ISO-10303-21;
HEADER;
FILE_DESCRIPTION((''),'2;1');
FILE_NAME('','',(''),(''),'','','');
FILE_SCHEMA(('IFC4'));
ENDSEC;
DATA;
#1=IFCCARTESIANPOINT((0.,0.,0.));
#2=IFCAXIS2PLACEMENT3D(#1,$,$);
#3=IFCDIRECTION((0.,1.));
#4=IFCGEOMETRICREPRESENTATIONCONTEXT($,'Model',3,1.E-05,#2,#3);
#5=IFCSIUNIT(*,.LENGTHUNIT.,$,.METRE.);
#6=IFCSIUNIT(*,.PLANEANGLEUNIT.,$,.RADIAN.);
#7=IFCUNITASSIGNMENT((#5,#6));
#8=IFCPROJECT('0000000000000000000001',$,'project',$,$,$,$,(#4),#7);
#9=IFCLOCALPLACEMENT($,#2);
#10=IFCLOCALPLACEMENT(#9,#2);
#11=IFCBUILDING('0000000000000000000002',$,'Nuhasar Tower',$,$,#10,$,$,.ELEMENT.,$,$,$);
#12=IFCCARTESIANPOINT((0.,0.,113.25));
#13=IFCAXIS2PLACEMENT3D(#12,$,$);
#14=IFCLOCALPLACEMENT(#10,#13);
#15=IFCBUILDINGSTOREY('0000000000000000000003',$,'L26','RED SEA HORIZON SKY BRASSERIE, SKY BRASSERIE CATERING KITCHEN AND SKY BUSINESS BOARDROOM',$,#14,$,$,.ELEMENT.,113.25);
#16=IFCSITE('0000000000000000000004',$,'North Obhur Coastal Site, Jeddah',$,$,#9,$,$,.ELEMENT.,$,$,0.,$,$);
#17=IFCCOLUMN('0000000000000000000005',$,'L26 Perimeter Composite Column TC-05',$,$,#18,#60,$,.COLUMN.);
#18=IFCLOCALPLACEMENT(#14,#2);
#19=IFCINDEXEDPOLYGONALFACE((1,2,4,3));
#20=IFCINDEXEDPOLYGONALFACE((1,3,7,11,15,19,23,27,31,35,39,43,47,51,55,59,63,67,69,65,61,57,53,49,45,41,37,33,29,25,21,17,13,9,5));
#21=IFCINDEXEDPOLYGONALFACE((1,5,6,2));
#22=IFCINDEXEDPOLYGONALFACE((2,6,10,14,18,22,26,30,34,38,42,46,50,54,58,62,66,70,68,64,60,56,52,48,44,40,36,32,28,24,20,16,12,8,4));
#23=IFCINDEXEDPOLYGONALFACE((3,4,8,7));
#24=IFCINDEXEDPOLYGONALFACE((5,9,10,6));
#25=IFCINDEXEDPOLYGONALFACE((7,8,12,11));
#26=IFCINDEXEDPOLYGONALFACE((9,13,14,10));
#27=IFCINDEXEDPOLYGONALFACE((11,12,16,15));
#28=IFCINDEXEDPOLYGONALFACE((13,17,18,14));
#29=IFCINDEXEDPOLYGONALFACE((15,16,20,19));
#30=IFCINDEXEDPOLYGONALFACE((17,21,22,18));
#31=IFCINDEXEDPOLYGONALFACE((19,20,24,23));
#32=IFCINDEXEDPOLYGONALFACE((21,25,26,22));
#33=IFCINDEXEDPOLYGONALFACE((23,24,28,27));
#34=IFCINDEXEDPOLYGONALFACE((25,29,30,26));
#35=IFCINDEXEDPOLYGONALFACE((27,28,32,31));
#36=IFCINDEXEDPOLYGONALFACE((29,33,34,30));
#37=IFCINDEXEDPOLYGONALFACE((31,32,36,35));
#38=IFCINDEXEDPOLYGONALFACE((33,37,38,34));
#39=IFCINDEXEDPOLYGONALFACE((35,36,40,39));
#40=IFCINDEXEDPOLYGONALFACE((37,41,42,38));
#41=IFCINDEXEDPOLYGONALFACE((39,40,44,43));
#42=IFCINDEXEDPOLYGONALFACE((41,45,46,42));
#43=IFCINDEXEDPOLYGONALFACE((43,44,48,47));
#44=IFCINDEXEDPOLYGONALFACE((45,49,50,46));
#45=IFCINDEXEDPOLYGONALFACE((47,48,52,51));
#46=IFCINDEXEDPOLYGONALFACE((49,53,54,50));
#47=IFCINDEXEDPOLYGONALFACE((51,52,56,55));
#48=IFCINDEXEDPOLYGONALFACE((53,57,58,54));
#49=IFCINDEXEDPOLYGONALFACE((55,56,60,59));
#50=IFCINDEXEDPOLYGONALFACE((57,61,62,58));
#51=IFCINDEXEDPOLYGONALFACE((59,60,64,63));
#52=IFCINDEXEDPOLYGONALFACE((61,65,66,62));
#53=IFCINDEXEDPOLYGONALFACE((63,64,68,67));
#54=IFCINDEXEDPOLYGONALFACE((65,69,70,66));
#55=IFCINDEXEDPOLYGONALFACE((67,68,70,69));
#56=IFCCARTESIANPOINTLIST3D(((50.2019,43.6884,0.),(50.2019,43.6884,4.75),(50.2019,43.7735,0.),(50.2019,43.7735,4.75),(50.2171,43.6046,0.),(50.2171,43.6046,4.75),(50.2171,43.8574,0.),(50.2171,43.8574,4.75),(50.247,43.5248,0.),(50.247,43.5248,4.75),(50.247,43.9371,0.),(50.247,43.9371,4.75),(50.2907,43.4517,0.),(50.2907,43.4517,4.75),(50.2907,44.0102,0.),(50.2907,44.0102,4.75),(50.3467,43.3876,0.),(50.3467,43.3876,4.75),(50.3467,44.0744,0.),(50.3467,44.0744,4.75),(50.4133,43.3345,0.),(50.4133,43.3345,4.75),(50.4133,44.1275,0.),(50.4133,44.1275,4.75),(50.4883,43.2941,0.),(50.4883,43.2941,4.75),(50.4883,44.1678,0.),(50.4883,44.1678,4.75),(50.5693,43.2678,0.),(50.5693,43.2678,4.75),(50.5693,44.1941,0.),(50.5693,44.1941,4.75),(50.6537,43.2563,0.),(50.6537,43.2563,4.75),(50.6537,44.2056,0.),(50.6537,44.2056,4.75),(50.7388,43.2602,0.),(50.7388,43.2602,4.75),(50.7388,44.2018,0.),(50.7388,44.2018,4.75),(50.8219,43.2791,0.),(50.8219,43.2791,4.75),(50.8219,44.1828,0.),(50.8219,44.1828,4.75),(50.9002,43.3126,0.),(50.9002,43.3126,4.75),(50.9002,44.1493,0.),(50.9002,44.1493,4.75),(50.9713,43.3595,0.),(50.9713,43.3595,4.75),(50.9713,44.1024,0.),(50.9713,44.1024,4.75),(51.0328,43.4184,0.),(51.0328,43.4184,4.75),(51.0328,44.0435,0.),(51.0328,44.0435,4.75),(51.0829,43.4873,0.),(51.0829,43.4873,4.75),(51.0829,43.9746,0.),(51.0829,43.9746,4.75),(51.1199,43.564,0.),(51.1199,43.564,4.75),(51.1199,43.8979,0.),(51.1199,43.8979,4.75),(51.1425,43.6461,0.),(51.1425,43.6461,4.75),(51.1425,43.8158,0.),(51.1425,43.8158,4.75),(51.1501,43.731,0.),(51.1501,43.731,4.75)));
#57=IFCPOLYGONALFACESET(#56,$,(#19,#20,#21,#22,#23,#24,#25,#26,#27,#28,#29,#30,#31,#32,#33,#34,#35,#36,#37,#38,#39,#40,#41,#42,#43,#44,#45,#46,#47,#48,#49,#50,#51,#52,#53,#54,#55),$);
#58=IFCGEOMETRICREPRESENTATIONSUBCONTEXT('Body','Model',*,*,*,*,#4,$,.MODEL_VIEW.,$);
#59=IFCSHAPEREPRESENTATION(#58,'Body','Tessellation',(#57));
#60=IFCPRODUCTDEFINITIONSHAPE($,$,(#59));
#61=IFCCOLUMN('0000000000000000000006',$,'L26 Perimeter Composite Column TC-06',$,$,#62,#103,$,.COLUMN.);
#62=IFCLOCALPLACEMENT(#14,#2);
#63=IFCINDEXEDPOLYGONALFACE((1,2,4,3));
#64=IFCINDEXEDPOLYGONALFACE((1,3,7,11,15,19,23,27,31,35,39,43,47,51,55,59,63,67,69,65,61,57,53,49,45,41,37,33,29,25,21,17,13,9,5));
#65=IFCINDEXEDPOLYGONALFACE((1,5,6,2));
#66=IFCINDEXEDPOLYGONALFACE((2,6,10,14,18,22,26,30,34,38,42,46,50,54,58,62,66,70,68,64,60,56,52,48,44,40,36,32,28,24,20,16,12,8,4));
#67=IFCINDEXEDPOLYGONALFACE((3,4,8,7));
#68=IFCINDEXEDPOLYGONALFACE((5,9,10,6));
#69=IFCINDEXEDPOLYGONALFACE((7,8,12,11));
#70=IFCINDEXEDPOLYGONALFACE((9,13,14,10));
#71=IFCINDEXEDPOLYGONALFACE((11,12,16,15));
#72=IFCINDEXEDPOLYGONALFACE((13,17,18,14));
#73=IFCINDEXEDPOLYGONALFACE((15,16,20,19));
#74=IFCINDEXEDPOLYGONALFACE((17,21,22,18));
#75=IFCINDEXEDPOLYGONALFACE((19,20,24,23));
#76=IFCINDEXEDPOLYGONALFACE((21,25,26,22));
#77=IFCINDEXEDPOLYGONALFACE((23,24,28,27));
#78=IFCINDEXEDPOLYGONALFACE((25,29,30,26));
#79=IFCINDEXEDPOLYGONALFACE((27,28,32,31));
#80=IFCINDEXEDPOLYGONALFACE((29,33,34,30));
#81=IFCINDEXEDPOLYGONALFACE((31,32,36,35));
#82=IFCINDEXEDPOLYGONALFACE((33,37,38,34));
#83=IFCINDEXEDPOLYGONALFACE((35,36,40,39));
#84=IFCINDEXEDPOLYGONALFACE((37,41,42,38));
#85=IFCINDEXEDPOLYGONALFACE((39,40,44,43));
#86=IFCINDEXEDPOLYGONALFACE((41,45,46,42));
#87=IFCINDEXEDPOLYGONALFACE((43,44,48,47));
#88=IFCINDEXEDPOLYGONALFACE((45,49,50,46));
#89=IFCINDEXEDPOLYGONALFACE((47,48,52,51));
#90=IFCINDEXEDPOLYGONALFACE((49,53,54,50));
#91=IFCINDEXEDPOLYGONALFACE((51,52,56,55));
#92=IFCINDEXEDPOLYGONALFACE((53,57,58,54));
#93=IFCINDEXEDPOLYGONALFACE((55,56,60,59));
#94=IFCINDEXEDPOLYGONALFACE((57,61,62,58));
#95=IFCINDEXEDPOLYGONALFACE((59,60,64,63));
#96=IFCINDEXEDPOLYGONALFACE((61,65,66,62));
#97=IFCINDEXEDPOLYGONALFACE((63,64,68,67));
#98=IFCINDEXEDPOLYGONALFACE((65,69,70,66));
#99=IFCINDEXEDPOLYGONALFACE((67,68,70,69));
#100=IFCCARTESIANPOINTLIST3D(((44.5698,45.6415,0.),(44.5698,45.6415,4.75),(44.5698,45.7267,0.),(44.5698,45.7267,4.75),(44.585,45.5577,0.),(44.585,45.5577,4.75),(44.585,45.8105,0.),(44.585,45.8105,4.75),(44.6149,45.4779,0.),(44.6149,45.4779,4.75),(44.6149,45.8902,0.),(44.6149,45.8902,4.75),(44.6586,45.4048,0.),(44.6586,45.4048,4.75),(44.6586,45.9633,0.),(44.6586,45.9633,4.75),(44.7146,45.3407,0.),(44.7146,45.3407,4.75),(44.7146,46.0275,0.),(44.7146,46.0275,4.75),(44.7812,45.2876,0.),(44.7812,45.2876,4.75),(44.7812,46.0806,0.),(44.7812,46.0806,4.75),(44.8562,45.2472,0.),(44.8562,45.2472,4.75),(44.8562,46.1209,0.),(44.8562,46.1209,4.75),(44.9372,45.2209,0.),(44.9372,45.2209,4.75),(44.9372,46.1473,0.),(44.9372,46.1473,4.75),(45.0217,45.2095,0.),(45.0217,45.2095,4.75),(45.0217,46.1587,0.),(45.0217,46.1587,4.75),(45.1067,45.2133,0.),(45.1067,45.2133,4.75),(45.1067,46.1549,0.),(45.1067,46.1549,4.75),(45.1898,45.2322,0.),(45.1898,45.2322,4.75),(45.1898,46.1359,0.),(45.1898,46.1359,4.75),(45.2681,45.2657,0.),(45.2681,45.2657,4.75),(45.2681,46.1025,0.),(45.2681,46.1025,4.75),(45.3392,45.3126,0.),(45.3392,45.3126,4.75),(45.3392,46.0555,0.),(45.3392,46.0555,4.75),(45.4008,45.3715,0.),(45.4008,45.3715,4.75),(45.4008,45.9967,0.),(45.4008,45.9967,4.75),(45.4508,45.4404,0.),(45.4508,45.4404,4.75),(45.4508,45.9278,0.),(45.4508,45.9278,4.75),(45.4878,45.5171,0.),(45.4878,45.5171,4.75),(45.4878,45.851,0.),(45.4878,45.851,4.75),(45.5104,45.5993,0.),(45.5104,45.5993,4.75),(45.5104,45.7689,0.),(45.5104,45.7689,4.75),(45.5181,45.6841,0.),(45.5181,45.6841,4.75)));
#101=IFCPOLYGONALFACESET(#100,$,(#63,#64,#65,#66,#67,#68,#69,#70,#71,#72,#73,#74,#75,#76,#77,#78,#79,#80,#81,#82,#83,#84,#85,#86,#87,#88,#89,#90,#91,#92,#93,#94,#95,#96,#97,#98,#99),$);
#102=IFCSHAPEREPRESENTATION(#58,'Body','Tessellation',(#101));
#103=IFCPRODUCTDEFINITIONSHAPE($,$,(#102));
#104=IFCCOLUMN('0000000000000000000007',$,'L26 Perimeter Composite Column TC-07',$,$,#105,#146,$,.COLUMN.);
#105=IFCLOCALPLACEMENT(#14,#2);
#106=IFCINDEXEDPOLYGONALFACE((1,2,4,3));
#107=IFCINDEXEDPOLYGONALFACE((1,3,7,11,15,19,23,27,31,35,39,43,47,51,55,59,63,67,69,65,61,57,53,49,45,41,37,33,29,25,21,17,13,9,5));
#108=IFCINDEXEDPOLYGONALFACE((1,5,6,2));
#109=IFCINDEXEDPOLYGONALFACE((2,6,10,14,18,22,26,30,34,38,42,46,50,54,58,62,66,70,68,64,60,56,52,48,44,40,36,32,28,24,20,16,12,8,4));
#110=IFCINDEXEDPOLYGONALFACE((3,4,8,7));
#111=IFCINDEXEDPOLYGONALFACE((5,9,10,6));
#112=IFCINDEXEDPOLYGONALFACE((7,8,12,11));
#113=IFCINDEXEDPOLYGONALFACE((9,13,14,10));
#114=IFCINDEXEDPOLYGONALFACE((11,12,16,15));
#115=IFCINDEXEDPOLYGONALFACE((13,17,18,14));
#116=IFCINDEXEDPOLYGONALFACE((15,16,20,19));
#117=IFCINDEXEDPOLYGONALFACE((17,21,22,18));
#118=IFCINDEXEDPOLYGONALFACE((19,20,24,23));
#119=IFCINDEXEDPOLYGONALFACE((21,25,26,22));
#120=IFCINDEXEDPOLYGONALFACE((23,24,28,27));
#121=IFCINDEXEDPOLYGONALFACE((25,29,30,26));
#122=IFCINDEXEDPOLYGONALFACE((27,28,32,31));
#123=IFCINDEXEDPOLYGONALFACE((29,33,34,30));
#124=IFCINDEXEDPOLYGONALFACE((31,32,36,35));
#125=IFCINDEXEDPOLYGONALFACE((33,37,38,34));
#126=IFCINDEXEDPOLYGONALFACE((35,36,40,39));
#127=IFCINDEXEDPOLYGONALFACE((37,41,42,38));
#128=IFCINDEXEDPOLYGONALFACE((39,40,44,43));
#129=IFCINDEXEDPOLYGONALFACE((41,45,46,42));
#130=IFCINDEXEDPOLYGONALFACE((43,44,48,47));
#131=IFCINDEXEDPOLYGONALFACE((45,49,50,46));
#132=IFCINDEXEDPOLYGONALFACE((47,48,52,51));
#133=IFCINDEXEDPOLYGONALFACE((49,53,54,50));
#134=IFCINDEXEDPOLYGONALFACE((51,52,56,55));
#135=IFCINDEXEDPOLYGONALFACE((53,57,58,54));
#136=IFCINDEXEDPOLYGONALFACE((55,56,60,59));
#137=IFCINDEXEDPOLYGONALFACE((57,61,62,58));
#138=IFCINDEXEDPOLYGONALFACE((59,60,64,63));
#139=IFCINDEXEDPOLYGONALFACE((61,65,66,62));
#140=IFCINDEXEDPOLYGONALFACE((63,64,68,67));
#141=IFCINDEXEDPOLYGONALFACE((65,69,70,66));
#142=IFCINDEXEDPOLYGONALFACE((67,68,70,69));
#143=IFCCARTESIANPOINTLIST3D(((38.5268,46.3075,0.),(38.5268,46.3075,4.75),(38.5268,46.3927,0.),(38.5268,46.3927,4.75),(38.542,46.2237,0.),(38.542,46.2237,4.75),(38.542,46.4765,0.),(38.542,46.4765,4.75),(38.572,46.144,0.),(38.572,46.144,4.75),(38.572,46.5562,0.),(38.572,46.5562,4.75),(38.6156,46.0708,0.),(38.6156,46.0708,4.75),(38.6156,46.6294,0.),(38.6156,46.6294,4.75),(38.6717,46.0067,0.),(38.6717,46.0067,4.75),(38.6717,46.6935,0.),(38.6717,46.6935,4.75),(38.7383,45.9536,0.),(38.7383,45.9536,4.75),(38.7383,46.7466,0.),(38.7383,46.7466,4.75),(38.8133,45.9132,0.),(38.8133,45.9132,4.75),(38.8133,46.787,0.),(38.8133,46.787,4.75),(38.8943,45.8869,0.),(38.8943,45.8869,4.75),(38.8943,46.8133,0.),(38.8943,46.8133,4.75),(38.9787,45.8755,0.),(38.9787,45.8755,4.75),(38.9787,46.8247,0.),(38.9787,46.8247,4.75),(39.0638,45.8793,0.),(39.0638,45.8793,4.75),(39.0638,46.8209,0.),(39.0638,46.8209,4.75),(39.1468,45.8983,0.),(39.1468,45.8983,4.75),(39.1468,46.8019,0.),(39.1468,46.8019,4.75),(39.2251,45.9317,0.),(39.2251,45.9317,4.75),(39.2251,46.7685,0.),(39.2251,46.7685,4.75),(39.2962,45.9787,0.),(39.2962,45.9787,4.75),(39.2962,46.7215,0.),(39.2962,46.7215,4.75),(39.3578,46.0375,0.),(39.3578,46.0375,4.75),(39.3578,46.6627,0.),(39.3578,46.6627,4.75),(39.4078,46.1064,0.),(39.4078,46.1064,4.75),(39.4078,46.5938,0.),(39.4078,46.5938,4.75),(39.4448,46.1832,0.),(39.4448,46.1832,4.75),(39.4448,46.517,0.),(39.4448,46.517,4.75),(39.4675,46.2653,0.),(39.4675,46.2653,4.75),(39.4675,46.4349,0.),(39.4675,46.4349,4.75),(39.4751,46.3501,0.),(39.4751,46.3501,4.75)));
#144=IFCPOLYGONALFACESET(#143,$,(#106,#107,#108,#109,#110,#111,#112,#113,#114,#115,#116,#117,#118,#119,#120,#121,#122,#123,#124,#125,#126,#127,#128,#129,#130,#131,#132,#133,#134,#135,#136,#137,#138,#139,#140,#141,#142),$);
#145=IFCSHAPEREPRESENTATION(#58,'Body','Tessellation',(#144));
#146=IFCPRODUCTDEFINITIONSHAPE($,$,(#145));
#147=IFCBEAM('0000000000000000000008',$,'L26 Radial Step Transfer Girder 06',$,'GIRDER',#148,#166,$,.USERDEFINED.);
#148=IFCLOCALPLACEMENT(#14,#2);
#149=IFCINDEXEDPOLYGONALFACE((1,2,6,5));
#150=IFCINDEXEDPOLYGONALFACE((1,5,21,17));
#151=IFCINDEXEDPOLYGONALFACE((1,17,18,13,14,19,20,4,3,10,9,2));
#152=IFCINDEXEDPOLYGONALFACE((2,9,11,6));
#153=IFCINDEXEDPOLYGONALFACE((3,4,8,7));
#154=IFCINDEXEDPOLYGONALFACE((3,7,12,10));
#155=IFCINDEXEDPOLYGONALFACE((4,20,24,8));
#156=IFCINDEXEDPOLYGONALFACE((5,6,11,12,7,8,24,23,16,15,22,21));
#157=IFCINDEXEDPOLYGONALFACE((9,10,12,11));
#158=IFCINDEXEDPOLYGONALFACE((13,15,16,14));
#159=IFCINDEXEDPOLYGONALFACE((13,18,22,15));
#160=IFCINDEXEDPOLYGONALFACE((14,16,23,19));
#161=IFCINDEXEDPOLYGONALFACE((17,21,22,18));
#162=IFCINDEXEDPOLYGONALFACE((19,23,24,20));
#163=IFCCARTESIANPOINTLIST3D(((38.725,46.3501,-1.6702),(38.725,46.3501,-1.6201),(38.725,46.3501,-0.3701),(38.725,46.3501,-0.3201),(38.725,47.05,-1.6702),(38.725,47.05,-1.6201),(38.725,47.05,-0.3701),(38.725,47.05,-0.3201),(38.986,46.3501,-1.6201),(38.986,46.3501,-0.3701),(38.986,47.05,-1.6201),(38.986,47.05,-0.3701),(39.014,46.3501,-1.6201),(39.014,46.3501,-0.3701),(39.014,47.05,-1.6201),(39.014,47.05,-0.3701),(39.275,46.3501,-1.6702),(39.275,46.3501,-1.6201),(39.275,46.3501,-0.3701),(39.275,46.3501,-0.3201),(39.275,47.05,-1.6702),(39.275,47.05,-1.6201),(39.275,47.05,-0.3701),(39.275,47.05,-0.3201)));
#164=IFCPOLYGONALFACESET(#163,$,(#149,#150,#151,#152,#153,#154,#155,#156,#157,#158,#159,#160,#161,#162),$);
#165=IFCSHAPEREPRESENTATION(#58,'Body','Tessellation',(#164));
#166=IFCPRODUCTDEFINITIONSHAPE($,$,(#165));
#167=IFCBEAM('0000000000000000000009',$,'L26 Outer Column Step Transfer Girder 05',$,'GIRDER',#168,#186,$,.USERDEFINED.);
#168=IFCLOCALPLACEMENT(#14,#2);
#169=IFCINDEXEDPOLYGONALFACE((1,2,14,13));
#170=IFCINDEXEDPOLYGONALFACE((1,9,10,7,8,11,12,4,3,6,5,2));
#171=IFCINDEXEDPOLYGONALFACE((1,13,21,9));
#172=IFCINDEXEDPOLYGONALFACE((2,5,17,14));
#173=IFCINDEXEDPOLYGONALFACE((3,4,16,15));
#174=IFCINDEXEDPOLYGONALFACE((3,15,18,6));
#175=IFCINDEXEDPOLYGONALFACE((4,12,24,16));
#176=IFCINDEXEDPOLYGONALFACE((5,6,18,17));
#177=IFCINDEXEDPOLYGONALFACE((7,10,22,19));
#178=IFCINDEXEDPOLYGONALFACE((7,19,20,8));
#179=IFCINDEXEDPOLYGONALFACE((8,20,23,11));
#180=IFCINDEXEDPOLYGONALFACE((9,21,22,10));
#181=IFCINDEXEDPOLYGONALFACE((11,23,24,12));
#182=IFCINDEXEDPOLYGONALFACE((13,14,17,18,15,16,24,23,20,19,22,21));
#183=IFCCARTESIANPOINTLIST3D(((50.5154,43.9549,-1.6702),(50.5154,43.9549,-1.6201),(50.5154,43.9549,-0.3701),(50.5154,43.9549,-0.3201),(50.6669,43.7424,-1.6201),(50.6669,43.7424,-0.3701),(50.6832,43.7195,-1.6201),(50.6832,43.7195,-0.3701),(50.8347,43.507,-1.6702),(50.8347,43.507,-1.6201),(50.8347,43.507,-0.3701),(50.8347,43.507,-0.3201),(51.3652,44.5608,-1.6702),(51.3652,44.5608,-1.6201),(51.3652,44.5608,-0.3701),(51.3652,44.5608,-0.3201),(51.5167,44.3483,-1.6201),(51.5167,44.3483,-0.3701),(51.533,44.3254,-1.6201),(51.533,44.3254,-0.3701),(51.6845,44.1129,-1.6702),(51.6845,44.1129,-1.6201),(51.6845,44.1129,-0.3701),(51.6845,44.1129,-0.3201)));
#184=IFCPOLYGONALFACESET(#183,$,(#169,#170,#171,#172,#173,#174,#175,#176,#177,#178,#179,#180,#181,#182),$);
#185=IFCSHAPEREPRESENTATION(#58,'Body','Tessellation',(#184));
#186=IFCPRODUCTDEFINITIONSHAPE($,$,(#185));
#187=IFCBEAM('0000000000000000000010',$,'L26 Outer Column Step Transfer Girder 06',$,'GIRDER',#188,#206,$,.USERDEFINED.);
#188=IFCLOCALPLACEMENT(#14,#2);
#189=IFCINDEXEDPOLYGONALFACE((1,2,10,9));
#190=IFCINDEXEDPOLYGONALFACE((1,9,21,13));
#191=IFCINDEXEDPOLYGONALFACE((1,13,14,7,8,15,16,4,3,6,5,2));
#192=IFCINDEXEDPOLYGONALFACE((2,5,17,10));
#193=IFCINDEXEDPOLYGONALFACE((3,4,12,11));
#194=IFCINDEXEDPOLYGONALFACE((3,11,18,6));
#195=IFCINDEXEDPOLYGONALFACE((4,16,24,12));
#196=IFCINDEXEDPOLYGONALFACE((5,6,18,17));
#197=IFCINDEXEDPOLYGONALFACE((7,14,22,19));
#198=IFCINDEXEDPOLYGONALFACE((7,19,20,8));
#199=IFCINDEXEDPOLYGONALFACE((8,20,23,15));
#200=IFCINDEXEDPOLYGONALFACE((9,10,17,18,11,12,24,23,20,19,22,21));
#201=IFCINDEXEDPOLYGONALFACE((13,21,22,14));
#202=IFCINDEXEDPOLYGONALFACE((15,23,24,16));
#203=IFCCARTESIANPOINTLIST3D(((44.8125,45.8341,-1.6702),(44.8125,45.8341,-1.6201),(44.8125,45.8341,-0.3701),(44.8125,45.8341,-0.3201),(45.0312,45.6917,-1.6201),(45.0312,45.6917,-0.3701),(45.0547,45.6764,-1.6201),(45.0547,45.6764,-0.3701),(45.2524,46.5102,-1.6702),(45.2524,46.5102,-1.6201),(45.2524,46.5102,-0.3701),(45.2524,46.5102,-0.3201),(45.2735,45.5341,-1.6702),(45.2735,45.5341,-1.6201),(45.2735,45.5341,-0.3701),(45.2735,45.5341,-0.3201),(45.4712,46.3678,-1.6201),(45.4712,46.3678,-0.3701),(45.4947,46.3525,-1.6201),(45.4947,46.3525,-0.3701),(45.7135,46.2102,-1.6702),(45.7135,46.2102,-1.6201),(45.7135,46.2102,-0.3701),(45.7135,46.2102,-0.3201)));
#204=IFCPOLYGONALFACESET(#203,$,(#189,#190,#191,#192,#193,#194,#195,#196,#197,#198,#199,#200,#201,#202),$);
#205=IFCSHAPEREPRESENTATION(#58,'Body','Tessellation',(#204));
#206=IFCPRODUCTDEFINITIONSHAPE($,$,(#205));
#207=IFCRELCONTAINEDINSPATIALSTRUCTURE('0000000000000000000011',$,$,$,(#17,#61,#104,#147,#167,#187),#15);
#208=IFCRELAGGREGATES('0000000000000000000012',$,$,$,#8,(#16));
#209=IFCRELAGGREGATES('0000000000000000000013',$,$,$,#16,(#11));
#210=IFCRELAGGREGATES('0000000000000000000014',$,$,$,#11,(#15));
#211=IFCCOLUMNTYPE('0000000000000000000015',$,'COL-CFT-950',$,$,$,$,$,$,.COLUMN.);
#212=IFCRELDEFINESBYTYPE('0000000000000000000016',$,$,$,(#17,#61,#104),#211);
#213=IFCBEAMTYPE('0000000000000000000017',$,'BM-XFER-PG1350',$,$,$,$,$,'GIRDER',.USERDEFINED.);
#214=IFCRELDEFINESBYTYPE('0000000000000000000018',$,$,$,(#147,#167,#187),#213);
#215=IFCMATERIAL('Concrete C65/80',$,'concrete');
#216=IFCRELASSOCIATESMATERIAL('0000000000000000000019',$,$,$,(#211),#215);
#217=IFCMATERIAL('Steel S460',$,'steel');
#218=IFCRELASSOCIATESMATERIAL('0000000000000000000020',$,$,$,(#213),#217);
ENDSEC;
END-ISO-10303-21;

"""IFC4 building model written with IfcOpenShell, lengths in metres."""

from ifc_helpers import new_model, si_unit, direction, frame, origin, origin_2d, place, context, subcontext, project, spatial, circle, i_section, extrude, material, material_profile, profile_set, type_object, element, save


model = new_model("IFC4")

# Units and contexts
model_context = context("Model", 3, precision=1e-05, world=origin(), true_north=direction((0.0, 1.0)))
body_context = subcontext(model_context, "Body", "Model", "MODEL_VIEW")
ifc_project = project(units=[si_unit("LENGTHUNIT", "METRE"), si_unit("PLANEANGLEUNIT", "RADIAN")], contexts=[model_context])

# Site, building, storey
site_placement = place(None, origin())
site = spatial("IfcSite", under=ifc_project, at=site_placement, Name="North Obhur Coastal Site, Jeddah", CompositionType="ELEMENT", RefElevation=0.0)
building_placement = place(site_placement, origin())
building = spatial("IfcBuilding", under=site, at=building_placement, Name="Nuhasar Tower", CompositionType="ELEMENT")
storey_placement = place(building_placement, frame((0.0, 0.0, 113.25)))
storey = spatial("IfcBuildingStorey", under=building, at=storey_placement, Name="L26", Description="RED SEA HORIZON SKY BRASSERIE, SKY BRASSERIE CATERING KITCHEN AND SKY BUSINESS BOARDROOM", CompositionType="ELEMENT", Elevation=113.25)

# Columns
ifc_material_1 = material(Name="Concrete C65/80", Category="concrete")
ifc_material_profile_1 = material_profile(ifc_material_1, circle(Radius=0.4751, at=origin_2d()), Name="CFT950")
ifc_profile_set_1 = profile_set([ifc_material_profile_1], Name="Concrete C65/80")
column_type = type_object("IfcColumnType", Name="COL-CFT-950", PredefinedType="COLUMN", material=ifc_profile_set_1)
for number, where, z_axis, x_axis, name in (
    (1, (50.675, 43.731, 0.0), (0.0, 0.0, 1.0), (1.0, 0.0, 0.0), "L26 Perimeter Composite Column TC-05"),
    (2, (45.043, 45.6841, 0.0), (0.0, 0.0, 1.0), (1.0, 0.0, 0.0), "L26 Perimeter Composite Column TC-06"),
    (3, (39.0, 46.3501, 0.0), (0.0, 0.0, 1.0), (1.0, 0.0, 0.0), "L26 Perimeter Composite Column TC-07"),
):
    element("IfcColumn", number, at=place(storey_placement, frame(where, z_axis=z_axis, x_axis=x_axis)), inside=storey, type_object=column_type, Name=name, PredefinedType="COLUMN", context=body_context, shape_type="SweptSolid", body=[
        extrude(circle(Radius=0.4751, at=origin_2d()), origin(), (0.0, 0.0, 1.0), 4.75),
    ])

# Beams
ifc_material_2 = material(Name="Steel S460", Category="steel")
ifc_material_profile_2 = material_profile(ifc_material_2, i_section(OverallWidth=0.55, OverallDepth=1.3501, WebThickness=0.0281, FlangeThickness=0.05, at=origin_2d()), Name="PG1350X550")
ifc_profile_set_2 = profile_set([ifc_material_profile_2], Name="Steel S460")
beam_type_1 = type_object("IfcBeamType", Name="BM-XFER-PG1350", ElementType="GIRDER", PredefinedType="USERDEFINED", material=ifc_profile_set_2)
beam_1_placement = place(storey_placement, frame((39.0, 46.3501, -0.9951), z_axis=(0.0, 1.0, 0.0), x_axis=(-1.0, 0.0, 0.0)))
element("IfcBeam", 4, at=beam_1_placement, inside=storey, type_object=beam_type_1, Name="L26 Radial Step Transfer Girder 06", ObjectType="GIRDER", PredefinedType="USERDEFINED", context=body_context, shape_type="SweptSolid", body=[
    extrude(i_section(OverallWidth=0.55, OverallDepth=1.3501, WebThickness=0.0281, FlangeThickness=0.05, at=origin_2d()), origin(), (0.0, 0.0, 1.0), 0.7),
])
beam_2_placement = place(storey_placement, frame((50.675, 43.731, -0.9951), z_axis=(0.814223, 0.580552, 0.0), x_axis=(-0.580552, 0.814223, 0.0)))
element("IfcBeam", 5, at=beam_2_placement, inside=storey, type_object=beam_type_1, Name="L26 Outer Column Step Transfer Girder 05", ObjectType="GIRDER", PredefinedType="USERDEFINED", context=body_context, shape_type="SweptSolid", body=[
    extrude(i_section(OverallWidth=0.55, OverallDepth=1.3501, WebThickness=0.0281, FlangeThickness=0.05, at=origin_2d()), origin(), (0.0, 0.0, 1.0), 1.0437),
])
beam_3_placement = place(storey_placement, frame((45.043, 45.6841, -0.9951), z_axis=(0.545446, 0.838146, 0.0), x_axis=(-0.838146, 0.545446, 0.0)))
element("IfcBeam", 6, at=beam_3_placement, inside=storey, type_object=beam_type_1, Name="L26 Outer Column Step Transfer Girder 06", ObjectType="GIRDER", PredefinedType="USERDEFINED", context=body_context, shape_type="SweptSolid", body=[
    extrude(i_section(OverallWidth=0.55, OverallDepth=1.3501, WebThickness=0.0281, FlangeThickness=0.05, at=origin_2d()), origin(), (0.0, 0.0, 1.0), 0.8066),
])

save(model, "model.ifc")
